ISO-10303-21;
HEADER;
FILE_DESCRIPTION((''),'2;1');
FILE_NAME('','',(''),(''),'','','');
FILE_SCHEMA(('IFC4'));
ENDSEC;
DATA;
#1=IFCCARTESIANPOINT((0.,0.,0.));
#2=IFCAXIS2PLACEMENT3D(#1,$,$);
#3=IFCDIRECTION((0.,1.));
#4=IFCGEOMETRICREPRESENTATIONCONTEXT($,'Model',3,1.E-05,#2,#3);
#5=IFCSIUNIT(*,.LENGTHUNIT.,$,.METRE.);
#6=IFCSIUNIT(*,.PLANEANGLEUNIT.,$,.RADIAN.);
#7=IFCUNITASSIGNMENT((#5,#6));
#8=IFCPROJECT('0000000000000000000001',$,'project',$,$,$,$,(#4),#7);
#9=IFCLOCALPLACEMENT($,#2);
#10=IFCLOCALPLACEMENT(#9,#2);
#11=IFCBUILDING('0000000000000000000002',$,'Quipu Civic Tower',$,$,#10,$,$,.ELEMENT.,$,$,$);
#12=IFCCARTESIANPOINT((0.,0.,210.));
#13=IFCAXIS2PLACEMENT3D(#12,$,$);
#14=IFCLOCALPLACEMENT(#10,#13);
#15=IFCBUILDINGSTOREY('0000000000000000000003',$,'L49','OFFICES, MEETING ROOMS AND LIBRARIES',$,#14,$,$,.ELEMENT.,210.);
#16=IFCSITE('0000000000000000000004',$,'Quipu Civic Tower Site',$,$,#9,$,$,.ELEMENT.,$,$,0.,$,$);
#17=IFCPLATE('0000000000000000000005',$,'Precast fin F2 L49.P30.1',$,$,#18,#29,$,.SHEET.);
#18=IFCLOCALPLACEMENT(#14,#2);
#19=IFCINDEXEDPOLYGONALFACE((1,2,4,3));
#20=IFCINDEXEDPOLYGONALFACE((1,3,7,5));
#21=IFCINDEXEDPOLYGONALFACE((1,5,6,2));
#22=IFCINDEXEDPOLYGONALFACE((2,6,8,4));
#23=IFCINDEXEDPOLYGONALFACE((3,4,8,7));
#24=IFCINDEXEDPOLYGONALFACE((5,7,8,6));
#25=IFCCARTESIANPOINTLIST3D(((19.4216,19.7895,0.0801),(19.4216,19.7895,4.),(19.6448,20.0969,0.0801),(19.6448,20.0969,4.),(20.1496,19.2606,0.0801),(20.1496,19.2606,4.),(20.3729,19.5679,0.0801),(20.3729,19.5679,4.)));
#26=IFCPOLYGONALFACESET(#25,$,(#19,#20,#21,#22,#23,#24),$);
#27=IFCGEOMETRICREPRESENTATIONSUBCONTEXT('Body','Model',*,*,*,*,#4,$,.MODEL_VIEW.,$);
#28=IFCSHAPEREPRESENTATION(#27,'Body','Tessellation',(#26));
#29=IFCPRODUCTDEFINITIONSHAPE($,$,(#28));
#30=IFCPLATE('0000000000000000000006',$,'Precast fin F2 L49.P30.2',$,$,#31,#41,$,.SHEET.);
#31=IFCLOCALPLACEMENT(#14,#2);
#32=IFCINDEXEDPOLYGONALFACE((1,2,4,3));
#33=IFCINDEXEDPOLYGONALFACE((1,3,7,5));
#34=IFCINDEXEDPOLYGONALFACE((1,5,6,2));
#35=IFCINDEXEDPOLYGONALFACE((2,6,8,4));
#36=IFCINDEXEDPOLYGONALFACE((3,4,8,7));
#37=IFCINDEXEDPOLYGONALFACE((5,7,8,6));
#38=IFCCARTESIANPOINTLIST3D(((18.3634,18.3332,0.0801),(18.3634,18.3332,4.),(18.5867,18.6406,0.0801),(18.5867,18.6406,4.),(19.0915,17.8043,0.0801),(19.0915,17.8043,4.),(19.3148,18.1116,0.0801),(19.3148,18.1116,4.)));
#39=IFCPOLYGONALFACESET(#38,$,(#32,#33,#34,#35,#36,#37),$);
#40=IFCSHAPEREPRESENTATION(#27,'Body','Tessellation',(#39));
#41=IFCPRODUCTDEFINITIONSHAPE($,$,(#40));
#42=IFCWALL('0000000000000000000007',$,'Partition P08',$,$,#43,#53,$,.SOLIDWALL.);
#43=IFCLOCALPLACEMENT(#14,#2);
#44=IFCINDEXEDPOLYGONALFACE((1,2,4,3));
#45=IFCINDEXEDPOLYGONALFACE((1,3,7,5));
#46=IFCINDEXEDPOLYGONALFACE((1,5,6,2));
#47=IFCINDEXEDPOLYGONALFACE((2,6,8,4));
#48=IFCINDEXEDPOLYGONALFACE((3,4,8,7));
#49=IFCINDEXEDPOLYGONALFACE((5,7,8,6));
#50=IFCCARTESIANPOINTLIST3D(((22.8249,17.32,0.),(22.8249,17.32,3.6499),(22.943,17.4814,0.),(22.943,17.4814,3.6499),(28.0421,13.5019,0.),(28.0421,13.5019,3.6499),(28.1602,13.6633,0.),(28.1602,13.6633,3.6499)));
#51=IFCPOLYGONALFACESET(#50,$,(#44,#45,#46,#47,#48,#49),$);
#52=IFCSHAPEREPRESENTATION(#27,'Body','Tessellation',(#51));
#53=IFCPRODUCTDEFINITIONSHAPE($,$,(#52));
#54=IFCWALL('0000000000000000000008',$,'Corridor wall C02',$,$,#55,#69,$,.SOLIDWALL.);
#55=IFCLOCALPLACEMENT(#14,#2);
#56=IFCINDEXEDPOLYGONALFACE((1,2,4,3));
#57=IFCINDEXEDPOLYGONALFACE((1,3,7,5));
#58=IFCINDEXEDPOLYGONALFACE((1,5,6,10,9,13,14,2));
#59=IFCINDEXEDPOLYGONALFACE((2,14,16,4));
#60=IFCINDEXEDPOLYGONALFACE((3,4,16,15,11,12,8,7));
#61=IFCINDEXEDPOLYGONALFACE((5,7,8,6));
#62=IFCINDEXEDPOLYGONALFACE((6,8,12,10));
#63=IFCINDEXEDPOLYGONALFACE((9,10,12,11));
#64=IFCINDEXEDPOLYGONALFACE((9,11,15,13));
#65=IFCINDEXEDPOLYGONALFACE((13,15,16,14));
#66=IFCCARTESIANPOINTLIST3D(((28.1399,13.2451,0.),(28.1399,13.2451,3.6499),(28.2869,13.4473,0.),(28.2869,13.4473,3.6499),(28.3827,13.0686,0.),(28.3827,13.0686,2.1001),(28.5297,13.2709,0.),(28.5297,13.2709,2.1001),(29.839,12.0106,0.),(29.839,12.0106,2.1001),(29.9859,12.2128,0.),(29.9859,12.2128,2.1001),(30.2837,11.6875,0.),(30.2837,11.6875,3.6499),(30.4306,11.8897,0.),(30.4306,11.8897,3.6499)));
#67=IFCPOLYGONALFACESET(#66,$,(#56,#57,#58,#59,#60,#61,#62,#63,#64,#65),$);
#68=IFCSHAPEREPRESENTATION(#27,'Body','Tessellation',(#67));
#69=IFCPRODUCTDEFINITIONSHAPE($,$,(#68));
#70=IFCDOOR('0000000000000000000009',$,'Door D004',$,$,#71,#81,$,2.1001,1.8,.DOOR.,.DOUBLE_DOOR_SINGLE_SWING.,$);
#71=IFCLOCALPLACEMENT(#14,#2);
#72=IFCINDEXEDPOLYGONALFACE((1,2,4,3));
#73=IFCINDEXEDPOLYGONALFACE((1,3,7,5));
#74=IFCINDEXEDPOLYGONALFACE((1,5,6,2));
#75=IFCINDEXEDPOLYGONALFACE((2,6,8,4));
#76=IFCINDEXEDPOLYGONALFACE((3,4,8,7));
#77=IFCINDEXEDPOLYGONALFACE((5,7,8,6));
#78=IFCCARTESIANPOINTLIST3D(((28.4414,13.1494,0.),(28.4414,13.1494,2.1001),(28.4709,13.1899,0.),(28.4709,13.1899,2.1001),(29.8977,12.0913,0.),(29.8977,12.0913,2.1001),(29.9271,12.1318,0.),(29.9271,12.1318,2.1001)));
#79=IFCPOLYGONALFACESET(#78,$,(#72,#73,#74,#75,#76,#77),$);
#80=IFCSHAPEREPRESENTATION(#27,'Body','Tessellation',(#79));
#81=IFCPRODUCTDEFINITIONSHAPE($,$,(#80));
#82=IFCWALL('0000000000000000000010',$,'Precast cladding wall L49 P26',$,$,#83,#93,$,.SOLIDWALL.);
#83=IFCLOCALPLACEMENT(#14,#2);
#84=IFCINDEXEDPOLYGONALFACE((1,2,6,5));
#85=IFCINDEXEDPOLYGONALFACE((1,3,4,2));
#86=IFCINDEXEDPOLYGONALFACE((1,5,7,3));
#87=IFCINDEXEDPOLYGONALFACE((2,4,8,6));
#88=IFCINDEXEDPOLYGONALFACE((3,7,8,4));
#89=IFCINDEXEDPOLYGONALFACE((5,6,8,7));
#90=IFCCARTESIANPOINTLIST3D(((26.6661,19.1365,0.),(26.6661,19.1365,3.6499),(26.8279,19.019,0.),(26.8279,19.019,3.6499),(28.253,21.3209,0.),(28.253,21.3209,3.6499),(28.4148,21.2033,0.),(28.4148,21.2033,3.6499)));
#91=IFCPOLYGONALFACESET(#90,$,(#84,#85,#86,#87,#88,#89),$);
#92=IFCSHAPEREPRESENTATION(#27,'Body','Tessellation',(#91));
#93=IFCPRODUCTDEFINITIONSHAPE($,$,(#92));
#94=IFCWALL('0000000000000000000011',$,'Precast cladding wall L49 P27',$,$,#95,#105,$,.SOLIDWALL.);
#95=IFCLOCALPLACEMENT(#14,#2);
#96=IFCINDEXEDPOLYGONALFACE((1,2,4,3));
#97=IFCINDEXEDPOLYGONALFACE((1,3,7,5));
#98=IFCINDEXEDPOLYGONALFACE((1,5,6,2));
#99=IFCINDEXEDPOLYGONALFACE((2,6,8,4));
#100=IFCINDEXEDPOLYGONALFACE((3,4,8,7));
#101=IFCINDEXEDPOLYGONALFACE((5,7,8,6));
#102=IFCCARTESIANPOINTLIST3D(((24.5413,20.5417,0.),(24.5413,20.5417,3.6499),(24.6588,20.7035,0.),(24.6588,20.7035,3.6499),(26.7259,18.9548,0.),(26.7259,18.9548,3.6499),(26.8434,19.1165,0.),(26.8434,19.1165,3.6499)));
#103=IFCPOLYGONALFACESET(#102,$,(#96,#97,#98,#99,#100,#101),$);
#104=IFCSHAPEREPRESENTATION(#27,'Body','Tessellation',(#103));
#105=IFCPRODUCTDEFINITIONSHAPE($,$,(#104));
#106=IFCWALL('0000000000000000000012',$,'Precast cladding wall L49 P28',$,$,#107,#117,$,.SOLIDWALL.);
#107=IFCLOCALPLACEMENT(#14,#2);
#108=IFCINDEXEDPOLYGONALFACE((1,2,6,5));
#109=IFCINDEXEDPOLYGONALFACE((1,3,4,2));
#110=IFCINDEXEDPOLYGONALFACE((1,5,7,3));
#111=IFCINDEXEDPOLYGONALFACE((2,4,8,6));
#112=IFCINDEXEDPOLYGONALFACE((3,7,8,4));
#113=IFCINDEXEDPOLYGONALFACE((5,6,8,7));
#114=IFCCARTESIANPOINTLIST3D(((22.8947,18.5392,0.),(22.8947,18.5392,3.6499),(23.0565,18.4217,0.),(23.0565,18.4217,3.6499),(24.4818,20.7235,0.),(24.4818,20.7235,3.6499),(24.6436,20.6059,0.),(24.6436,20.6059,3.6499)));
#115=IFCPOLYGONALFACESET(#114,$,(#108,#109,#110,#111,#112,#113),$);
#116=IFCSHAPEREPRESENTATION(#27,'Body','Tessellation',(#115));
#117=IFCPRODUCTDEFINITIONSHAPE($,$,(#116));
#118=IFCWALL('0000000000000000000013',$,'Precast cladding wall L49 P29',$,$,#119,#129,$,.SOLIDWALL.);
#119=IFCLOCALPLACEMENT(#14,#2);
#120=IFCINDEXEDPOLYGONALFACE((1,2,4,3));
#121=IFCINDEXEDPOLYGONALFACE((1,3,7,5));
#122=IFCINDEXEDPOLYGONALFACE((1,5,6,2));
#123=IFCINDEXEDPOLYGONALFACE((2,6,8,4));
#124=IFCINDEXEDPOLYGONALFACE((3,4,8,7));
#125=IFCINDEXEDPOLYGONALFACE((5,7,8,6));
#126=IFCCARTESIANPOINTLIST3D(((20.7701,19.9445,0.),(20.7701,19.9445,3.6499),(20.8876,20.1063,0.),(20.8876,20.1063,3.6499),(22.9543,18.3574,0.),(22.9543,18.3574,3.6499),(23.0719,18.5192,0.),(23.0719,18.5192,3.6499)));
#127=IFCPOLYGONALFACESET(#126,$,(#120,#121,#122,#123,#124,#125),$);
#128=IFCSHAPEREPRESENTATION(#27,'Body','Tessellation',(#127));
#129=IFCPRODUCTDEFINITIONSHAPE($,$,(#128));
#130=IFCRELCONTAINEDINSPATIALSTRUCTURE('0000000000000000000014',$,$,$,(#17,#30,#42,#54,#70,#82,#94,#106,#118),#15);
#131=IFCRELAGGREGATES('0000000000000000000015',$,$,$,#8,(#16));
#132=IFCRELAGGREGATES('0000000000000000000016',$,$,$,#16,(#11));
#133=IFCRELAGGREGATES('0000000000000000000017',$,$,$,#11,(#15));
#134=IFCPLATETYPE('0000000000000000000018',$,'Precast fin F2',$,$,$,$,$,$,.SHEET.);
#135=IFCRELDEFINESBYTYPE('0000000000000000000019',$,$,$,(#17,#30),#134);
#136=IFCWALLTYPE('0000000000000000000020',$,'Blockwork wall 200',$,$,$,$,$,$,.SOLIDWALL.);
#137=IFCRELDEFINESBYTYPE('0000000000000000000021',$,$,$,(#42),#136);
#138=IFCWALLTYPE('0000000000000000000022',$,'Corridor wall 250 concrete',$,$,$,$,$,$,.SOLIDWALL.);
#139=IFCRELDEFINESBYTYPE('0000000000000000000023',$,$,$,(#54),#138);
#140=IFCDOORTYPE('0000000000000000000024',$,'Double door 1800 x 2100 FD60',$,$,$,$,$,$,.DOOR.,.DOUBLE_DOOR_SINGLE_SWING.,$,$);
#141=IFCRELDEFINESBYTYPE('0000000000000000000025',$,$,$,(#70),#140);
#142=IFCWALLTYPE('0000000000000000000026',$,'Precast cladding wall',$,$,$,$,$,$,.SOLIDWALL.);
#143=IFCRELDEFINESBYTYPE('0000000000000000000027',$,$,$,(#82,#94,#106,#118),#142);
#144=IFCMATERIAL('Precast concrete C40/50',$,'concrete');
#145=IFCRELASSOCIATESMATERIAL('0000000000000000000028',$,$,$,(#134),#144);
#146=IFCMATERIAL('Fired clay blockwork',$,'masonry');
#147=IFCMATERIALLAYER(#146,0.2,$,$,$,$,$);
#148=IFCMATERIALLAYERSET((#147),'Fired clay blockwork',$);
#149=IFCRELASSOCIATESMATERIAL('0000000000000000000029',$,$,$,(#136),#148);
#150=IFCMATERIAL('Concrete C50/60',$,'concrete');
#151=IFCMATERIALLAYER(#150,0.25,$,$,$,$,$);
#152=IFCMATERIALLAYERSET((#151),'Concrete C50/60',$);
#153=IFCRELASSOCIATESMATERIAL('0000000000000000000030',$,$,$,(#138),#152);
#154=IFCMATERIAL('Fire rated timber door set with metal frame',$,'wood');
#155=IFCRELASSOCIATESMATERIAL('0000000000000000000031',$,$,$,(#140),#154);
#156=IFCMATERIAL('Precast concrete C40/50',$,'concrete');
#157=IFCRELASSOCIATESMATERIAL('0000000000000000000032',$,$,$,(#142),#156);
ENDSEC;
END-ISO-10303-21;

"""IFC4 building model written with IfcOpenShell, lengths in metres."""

from ifc_helpers import new_model, si_unit, direction, frame, frame_2d, origin, origin_2d, place, context, subcontext, project, spatial, rectangle, extrude, material, layer, layer_set, type_object, element, fill, save


model = new_model("IFC4")

# Units and contexts
model_context = context("Model", 3, precision=1e-05, world=origin(), true_north=direction((0.0, 1.0)))
body_context = subcontext(model_context, "Body", "Model", "MODEL_VIEW")
ifc_project = project(units=[si_unit("LENGTHUNIT", "METRE"), si_unit("PLANEANGLEUNIT", "RADIAN")], contexts=[model_context])

# Site, building, storey
site_placement = place(None, origin())
site = spatial("IfcSite", under=ifc_project, at=site_placement, Name="Quipu Civic Tower Site", CompositionType="ELEMENT", RefElevation=0.0)
building_placement = place(site_placement, origin())
building = spatial("IfcBuilding", under=site, at=building_placement, Name="Quipu Civic Tower", CompositionType="ELEMENT")
storey_placement = place(building_placement, frame((0.0, 0.0, 210.0)))
storey = spatial("IfcBuildingStorey", under=building, at=storey_placement, Name="L49", Description="OFFICES, MEETING ROOMS AND LIBRARIES", CompositionType="ELEMENT", Elevation=210.0)

# Plates
ifc_material_1 = material(Name="Precast concrete C40/50", Category="concrete")
plate_type_1 = type_object("IfcPlateType", Name="Precast fin F2", PredefinedType="SHEET", material=ifc_material_1)
for number, where, z_axis, x_axis, name in (
    (1, (19.8972, 19.6787, 0.0801), (0.0, 0.0, 1.0), (-0.587784, -0.809018, 0.0), "Precast fin F2 L49.P30.1"),
    (2, (18.8391, 18.2224, 0.0801), (0.0, 0.0, 1.0), (-0.587784, -0.809018, 0.0), "Precast fin F2 L49.P30.2"),
):
    element("IfcPlate", number, at=place(storey_placement, frame(where, z_axis=z_axis, x_axis=x_axis)), inside=storey, type_object=plate_type_1, Name=name, PredefinedType="SHEET", context=body_context, shape_type="SweptSolid", body=[
        extrude(rectangle(XDim=0.3799, YDim=0.8999, at=origin_2d()), origin(), (0.0, 0.0, 1.0), 3.9199),
    ])

# Wall
ifc_material_2 = material(Name="Fired clay blockwork", Category="masonry")
ifc_layer_1 = layer(ifc_material_2, 0.2)
ifc_layer_set_1 = layer_set([ifc_layer_1], Name="Fired clay blockwork")
wall_type_1 = type_object("IfcWallType", Name="Blockwork wall 200", PredefinedType="SOLIDWALL", material=ifc_layer_set_1)
wall_1_placement = place(storey_placement, frame((22.884, 17.4006, 0.0), z_axis=(0.0, 0.0, 1.0), x_axis=(0.806987, -0.590569, 0.0)))
element("IfcWall", 3, at=wall_1_placement, inside=storey, type_object=wall_type_1, Name="Partition P08", PredefinedType="SOLIDWALL", context=body_context, shape_type="SweptSolid", body=[
    extrude(rectangle(XDim=6.4651, YDim=0.2, at=frame_2d((3.2324, 0.0))), origin(), (0.0, 0.0, 1.0), 3.6499),
])

# Wall, opening, door
ifc_material_3 = material(Name="Concrete C50/60", Category="concrete")
ifc_layer_2 = layer(ifc_material_3, 0.25)
ifc_layer_set_2 = layer_set([ifc_layer_2], Name="Concrete C50/60")
wall_type_2 = type_object("IfcWallType", Name="Corridor wall 250 concrete", PredefinedType="SOLIDWALL", material=ifc_layer_set_2)
wall_2_placement = place(storey_placement, frame((28.2134, 13.3462, 0.0), z_axis=(0.0, 0.0, 1.0), x_axis=(0.809007, -0.587799, 0.0)))
wall_2 = element("IfcWall", 4, at=wall_2_placement, inside=storey, type_object=wall_type_2, Name="Corridor wall C02", PredefinedType="SOLIDWALL", context=body_context, shape_type="SweptSolid", body=[
    extrude(rectangle(XDim=2.6499, YDim=0.25, at=frame_2d((1.325, 0.0))), origin(), (0.0, 0.0, 1.0), 3.6499),
])
opening_placement = place(wall_2_placement, frame((0.3003, 0.0, 0.0)))
opening = element("IfcOpeningElement", 5, at=opening_placement, cuts=wall_2, PredefinedType="OPENING", context=body_context, shape_type="SweptSolid", body=[
    extrude(rectangle(XDim=1.8, YDim=2.1001, at=frame_2d((0.8999, 1.05))), frame((0.0, 0.135, 0.0), z_axis=(0.0, -1.0, 0.0), x_axis=(1.0, 0.0, 0.0)), (0.0, 0.0, 1.0), 0.27),
])
ifc_material_4 = material(Name="Fire rated timber door set with metal frame", Category="wood")
door_type = type_object("IfcDoorType", Name="Double door 1800 x 2100 FD60", OperationType="DOUBLE_DOOR_SINGLE_SWING", PredefinedType="DOOR", material=ifc_material_4)
door_placement = place(opening_placement, origin())
door = element("IfcDoor", 6, at=door_placement, inside=storey, type_object=door_type, Name="Door D004", OperationType="DOUBLE_DOOR_SINGLE_SWING", OverallHeight=2.1001, OverallWidth=1.8, PredefinedType="DOOR", context=body_context, shape_type="SweptSolid", body=[
    extrude(rectangle(XDim=1.8, YDim=2.1001, at=frame_2d((0.8999, 1.05))), frame((0.0, 0.0249, 0.0), z_axis=(0.0, -1.0, 0.0), x_axis=(1.0, 0.0, 0.0)), (0.0, 0.0, 1.0), 0.05),
])
fill(opening, door)

# Walls
ifc_material_5 = material(Name="Precast concrete C40/50", Category="concrete")
wall_type_3 = type_object("IfcWallType", Name="Precast cladding wall", PredefinedType="SOLIDWALL", material=ifc_material_5)
wall_3_placement = place(storey_placement, frame((28.334, 21.2622, 0.0), z_axis=(0.0, 0.0, 1.0), x_axis=(-0.587763, -0.809033, 0.0)))
element("IfcWall", 7, at=wall_3_placement, inside=storey, type_object=wall_type_3, Name="Precast cladding wall L49 P26", PredefinedType="SOLIDWALL", context=body_context, shape_type="SweptSolid", body=[
    extrude(rectangle(XDim=2.7, YDim=0.2, at=frame_2d((1.3501, 0.0))), origin(), (0.0, 0.0, 1.0), 3.6499),
])
wall_4_placement = place(storey_placement, frame((26.7847, 19.0356, 0.0), z_axis=(0.0, 0.0, 1.0), x_axis=(-0.809064, 0.58772, 0.0)))
element("IfcWall", 8, at=wall_4_placement, inside=storey, type_object=wall_type_3, Name="Precast cladding wall L49 P27", PredefinedType="SOLIDWALL", context=body_context, shape_type="SweptSolid", body=[
    extrude(rectangle(XDim=2.7002, YDim=0.2, at=frame_2d((1.3501, 0.0))), origin(), (0.0, 0.0, 1.0), 3.6499),
])
for number, where, z_axis, x_axis, name in (
    (9, (24.5627, 20.6648, 0.0), (0.0, 0.0, 1.0), (-0.587822, -0.80899, 0.0), "Precast cladding wall L49 P28"),
    (10, (23.0132, 18.4382, 0.0), (0.0, 0.0, 1.0), (-0.80899, 0.587822, 0.0), "Precast cladding wall L49 P29"),
):
    element("IfcWall", number, at=place(storey_placement, frame(where, z_axis=z_axis, x_axis=x_axis)), inside=storey, type_object=wall_type_3, Name=name, PredefinedType="SOLIDWALL", context=body_context, shape_type="SweptSolid", body=[
        extrude(rectangle(XDim=2.7, YDim=0.2, at=frame_2d((1.3501, 0.0))), origin(), (0.0, 0.0, 1.0), 3.6499),
    ])

save(model, "model.ifc")
